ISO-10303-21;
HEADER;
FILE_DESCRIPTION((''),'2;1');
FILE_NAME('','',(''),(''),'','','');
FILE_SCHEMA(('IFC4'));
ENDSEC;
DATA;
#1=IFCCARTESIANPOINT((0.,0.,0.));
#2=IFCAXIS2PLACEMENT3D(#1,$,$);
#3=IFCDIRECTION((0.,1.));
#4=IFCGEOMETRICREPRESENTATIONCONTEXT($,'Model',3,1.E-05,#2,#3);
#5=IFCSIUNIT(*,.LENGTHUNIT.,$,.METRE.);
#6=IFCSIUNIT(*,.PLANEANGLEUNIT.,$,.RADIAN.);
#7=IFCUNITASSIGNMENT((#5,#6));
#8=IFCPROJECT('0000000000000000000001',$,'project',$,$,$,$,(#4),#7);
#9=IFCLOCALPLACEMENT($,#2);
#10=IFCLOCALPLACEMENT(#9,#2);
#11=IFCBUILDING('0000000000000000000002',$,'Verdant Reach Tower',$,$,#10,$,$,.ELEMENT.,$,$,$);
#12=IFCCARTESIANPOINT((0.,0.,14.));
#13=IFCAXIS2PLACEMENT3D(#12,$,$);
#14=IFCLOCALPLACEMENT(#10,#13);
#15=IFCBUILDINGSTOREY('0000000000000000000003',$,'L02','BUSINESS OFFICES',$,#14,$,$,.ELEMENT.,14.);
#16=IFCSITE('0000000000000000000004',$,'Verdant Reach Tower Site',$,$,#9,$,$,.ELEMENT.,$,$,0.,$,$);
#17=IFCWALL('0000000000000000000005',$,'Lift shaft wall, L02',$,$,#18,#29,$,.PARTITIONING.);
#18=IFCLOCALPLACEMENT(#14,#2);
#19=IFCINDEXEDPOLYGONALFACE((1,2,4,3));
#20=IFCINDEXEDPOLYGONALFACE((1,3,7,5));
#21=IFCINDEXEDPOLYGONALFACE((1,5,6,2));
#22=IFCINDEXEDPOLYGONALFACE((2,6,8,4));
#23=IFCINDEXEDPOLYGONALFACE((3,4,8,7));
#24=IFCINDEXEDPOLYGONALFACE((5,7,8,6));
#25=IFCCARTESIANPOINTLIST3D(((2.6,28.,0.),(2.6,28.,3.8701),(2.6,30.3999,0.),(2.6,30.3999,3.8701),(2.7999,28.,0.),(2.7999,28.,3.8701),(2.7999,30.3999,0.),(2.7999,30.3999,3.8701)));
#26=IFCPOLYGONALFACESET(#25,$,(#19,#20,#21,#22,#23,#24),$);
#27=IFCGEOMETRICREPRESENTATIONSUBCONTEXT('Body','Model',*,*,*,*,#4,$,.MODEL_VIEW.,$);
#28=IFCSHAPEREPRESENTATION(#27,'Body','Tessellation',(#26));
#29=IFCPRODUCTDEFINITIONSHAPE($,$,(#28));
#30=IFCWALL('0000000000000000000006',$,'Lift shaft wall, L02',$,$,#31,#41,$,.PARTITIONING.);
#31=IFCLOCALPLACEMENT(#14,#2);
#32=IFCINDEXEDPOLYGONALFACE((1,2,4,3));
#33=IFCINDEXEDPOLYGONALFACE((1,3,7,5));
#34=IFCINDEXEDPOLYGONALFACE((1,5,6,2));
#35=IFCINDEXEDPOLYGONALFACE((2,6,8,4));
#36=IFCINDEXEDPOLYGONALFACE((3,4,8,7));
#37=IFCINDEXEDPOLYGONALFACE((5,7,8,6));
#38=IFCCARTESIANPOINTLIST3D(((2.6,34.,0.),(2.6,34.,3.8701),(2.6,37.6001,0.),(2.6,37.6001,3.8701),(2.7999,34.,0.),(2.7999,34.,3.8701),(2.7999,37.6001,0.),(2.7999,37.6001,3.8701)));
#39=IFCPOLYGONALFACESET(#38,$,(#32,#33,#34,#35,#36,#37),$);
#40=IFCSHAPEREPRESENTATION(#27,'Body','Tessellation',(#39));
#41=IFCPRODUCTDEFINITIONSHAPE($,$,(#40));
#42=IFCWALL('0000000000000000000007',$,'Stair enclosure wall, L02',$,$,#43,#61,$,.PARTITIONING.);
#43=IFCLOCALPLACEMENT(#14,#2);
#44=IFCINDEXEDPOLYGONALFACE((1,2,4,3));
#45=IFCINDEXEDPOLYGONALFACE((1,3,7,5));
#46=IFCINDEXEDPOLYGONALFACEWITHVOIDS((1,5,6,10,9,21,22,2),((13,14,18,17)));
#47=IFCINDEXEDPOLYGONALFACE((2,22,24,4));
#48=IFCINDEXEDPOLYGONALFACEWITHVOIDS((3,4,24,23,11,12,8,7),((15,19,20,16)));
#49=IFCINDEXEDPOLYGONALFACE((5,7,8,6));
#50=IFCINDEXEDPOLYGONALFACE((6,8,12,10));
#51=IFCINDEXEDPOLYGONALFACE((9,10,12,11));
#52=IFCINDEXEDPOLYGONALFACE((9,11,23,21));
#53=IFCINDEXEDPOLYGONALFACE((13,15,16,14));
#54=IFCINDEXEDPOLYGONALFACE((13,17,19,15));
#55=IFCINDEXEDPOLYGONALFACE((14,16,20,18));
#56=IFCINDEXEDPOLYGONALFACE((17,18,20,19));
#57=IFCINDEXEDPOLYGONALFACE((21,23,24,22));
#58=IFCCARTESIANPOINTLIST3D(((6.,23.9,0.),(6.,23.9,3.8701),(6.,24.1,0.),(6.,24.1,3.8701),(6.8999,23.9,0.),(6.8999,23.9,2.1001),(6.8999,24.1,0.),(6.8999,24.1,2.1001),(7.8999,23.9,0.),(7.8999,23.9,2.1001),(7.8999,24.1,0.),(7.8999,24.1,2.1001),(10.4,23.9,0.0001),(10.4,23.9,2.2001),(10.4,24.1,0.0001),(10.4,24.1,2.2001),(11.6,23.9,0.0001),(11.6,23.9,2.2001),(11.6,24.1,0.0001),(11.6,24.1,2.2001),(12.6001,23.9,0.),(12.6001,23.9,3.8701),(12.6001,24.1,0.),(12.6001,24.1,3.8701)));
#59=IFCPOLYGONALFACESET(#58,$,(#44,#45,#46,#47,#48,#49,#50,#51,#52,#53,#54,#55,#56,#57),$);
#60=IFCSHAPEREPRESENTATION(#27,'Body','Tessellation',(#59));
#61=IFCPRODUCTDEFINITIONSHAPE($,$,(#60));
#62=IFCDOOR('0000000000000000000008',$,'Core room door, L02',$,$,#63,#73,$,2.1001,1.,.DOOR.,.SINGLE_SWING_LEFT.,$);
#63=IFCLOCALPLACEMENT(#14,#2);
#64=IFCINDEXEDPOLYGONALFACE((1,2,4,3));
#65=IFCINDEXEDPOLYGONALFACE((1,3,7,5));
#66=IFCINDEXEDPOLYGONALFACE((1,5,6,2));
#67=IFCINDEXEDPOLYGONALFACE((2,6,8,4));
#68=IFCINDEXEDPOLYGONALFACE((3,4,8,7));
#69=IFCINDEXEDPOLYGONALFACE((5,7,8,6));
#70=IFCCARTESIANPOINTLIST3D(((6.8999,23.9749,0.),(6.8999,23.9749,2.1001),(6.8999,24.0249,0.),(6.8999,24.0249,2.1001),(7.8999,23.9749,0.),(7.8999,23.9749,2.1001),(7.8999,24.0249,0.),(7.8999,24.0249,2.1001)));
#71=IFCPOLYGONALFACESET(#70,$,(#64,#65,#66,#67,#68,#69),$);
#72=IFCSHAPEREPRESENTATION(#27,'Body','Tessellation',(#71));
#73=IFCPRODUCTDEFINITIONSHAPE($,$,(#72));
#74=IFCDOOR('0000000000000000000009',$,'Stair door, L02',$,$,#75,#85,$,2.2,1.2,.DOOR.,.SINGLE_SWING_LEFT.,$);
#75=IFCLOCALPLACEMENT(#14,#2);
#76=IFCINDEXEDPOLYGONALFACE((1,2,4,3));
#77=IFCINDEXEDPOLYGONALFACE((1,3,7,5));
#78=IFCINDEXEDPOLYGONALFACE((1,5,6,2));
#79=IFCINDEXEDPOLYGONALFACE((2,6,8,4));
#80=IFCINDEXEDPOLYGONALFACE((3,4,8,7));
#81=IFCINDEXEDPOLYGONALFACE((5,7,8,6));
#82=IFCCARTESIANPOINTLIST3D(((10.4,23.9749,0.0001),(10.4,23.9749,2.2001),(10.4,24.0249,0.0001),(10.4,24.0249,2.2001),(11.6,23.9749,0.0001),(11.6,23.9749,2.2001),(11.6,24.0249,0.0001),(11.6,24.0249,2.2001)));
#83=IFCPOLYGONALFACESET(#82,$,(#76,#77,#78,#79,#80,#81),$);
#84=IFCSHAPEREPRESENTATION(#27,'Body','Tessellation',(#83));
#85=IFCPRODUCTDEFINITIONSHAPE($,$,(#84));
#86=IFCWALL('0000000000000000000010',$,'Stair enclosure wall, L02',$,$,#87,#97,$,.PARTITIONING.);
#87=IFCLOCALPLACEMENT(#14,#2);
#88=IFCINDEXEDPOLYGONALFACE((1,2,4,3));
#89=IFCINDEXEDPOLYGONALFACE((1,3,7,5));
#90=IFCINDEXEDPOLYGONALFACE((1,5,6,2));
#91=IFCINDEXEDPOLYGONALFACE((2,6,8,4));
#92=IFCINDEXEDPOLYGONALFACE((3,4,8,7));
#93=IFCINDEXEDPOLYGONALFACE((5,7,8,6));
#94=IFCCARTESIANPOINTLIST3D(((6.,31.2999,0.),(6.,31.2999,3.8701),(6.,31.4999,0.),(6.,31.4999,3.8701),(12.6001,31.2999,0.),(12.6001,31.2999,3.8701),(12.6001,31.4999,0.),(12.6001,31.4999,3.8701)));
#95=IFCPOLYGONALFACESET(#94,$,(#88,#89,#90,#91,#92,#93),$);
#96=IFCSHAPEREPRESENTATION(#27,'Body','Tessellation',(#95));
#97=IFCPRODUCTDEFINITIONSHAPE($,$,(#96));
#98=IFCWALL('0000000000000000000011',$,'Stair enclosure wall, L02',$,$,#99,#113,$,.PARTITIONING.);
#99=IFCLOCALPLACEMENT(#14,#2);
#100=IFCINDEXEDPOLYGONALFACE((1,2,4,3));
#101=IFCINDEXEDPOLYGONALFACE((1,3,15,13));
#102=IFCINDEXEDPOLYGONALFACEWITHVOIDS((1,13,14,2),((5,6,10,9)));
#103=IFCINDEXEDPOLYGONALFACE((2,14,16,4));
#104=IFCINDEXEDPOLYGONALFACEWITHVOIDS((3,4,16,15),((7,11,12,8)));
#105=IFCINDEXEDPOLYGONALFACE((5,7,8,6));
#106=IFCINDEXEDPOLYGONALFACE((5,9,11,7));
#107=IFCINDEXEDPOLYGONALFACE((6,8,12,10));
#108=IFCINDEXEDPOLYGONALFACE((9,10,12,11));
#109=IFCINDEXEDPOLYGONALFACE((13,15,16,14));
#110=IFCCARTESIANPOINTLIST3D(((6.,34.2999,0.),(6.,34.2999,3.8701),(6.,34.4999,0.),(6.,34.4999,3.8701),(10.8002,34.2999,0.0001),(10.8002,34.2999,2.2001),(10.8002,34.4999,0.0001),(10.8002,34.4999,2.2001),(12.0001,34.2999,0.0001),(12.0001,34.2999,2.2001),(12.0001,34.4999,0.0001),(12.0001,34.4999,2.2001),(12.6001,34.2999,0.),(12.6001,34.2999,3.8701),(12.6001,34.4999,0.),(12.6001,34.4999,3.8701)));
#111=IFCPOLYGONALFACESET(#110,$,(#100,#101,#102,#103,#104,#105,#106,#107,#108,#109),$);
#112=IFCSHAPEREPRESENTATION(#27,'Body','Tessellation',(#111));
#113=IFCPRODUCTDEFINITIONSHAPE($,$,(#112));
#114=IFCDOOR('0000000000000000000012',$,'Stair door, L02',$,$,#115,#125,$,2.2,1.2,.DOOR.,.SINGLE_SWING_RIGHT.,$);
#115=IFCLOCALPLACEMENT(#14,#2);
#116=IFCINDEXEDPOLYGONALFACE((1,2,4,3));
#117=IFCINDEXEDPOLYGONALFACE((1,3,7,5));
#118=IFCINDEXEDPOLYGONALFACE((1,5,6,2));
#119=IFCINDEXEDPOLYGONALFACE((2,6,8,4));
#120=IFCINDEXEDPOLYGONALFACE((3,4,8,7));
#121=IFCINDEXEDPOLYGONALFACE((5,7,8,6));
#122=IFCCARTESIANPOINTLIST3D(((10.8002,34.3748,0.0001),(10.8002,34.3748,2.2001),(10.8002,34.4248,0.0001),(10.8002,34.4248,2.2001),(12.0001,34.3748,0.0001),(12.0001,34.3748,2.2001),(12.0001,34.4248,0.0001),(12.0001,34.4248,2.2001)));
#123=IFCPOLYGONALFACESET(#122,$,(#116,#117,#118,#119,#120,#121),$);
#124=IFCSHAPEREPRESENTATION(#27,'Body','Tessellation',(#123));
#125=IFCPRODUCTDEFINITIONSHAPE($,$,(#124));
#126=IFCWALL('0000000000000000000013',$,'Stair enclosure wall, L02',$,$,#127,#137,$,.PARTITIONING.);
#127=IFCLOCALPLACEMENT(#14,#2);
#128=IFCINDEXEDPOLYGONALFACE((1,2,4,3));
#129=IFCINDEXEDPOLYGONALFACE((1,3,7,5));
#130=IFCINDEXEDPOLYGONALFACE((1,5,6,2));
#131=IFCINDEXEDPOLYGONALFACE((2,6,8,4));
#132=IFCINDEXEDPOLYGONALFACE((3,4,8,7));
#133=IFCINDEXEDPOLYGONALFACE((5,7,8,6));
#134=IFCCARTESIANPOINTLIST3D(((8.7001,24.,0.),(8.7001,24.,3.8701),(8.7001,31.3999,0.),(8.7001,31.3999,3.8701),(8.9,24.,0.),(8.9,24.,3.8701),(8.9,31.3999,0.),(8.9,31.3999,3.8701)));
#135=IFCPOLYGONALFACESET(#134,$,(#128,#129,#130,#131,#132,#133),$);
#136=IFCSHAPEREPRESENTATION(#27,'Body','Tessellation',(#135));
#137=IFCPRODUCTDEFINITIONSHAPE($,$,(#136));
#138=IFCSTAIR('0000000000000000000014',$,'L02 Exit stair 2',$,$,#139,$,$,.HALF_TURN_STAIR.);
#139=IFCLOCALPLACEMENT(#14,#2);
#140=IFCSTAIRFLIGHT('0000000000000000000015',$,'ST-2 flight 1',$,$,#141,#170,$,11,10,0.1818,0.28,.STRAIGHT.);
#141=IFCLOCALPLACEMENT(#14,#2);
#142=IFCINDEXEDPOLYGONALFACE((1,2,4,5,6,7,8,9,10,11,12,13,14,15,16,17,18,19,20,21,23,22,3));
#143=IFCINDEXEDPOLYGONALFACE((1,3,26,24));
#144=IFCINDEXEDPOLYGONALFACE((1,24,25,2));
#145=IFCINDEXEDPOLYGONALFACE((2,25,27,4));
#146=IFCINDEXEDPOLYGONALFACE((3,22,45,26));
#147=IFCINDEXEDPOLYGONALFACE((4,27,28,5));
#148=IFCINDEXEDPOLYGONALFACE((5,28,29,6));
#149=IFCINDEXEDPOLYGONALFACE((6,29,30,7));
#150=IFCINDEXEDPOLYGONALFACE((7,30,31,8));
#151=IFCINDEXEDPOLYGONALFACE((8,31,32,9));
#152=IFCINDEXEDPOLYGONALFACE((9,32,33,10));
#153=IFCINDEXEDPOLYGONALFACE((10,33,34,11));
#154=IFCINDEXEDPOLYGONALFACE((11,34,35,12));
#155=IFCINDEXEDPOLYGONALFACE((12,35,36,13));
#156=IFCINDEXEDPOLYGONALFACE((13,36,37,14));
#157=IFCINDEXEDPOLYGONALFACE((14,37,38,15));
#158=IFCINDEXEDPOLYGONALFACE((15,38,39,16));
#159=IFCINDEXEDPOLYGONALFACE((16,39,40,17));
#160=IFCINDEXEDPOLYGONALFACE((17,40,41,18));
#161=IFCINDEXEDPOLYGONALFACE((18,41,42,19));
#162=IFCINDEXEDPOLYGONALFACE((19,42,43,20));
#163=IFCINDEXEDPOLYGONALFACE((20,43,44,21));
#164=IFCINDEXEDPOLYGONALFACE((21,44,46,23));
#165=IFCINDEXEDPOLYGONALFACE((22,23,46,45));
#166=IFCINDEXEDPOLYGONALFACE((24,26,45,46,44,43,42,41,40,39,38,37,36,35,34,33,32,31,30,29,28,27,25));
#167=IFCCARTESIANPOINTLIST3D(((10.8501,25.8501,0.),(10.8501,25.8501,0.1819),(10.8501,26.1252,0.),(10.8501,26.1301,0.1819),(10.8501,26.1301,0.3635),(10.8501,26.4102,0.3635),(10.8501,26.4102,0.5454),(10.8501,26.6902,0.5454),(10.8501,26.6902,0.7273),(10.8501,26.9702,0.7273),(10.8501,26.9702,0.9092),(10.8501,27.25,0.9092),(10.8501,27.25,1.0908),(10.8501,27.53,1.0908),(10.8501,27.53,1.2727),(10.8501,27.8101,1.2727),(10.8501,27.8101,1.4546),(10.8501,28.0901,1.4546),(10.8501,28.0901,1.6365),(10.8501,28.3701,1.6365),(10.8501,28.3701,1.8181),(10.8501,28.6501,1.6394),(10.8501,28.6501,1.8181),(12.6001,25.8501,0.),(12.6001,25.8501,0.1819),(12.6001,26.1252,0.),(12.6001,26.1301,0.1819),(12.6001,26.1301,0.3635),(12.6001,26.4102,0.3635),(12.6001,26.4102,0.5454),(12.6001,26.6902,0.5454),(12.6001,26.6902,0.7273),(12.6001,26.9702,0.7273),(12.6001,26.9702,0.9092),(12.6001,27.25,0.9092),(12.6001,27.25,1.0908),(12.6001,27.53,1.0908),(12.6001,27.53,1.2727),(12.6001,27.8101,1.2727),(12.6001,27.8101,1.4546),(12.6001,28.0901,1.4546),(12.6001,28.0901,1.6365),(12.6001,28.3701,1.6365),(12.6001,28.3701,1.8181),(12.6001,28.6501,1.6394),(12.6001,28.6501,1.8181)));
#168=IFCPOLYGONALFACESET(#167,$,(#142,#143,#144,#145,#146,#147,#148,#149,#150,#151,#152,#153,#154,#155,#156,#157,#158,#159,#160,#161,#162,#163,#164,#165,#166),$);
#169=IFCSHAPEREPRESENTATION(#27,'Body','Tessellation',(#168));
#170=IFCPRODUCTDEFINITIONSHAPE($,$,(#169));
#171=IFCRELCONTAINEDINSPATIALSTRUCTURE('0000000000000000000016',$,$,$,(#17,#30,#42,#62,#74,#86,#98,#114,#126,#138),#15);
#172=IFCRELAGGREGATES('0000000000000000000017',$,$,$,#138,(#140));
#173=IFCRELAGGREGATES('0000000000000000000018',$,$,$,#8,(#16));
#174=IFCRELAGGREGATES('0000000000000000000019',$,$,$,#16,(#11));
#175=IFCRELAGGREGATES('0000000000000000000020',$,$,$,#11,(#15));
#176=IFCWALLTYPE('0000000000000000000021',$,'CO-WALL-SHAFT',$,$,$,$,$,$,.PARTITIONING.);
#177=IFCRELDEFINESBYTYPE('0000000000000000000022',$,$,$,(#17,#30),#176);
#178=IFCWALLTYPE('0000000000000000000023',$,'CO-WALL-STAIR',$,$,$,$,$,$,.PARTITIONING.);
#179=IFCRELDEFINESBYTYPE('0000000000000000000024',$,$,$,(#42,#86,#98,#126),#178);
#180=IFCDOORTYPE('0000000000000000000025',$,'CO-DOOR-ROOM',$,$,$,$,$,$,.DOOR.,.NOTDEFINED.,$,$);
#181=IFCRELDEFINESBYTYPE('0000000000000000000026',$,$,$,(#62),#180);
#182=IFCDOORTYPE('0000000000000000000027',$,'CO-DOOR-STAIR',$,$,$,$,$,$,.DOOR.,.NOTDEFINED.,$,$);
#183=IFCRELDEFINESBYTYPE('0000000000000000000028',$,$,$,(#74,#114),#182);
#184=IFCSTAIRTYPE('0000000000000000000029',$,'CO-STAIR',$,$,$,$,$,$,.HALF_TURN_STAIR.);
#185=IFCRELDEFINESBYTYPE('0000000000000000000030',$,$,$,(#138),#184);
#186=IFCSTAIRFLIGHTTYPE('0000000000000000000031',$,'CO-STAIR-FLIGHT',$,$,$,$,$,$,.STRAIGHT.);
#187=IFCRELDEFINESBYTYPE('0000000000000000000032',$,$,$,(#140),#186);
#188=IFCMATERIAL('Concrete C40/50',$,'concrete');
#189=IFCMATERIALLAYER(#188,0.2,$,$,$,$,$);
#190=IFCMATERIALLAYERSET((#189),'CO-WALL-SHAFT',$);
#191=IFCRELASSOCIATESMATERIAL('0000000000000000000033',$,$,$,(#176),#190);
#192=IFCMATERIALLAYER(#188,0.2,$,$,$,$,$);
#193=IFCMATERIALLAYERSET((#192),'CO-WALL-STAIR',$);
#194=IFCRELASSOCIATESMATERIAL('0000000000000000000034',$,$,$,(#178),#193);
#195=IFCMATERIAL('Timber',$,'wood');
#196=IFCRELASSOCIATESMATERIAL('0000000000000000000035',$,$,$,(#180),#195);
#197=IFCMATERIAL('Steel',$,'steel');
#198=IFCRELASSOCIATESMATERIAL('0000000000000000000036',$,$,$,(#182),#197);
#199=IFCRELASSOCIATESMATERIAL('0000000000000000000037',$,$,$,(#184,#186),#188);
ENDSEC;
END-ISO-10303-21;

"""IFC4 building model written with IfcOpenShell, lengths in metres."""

from ifc_helpers import new_model, si_unit, direction, frame, frame_2d, origin, place, context, subcontext, project, spatial, polyline, rectangle, outline, extrude, material, layer, layer_set, type_object, element, fill, aggregate, save


model = new_model("IFC4")

# Units and contexts
model_context = context("Model", 3, precision=1e-05, world=origin(), true_north=direction((0.0, 1.0)))
body_context = subcontext(model_context, "Body", "Model", "MODEL_VIEW")
ifc_project = project(units=[si_unit("LENGTHUNIT", "METRE"), si_unit("PLANEANGLEUNIT", "RADIAN")], contexts=[model_context])

# Site, building, storey
site_placement = place(None, origin())
site = spatial("IfcSite", under=ifc_project, at=site_placement, Name="Verdant Reach Tower Site", CompositionType="ELEMENT", RefElevation=0.0)
building_placement = place(site_placement, origin())
building = spatial("IfcBuilding", under=site, at=building_placement, Name="Verdant Reach Tower", CompositionType="ELEMENT")
storey_placement = place(building_placement, frame((0.0, 0.0, 14.0)))
storey = spatial("IfcBuildingStorey", under=building, at=storey_placement, Name="L02", Description="BUSINESS OFFICES", CompositionType="ELEMENT", Elevation=14.0)

# Walls
ifc_material_1 = material(Name="Concrete C40/50", Category="concrete")
ifc_layer_1 = layer(ifc_material_1, 0.2)
ifc_layer_set_1 = layer_set([ifc_layer_1], Name="CO-WALL-SHAFT")
wall_type_1 = type_object("IfcWallType", Name="CO-WALL-SHAFT", PredefinedType="PARTITIONING", material=ifc_layer_set_1)
for number, where, z_axis, x_axis, name in (
    (1, (2.7, 28.0, 0.0), (0.0, 0.0, 1.0), (0.0, 1.0, 0.0), "Lift shaft wall, L02"),
):
    element("IfcWall", number, at=place(storey_placement, frame(where, z_axis=z_axis, x_axis=x_axis)), inside=storey, type_object=wall_type_1, Name=name, PredefinedType="PARTITIONING", context=body_context, shape_type="SweptSolid", body=[
        extrude(rectangle(XDim=2.3999, YDim=0.2, at=frame_2d((1.2, 0.0))), origin(), (0.0, 0.0, 1.0), 3.8701),
    ])
wall_1_placement = place(storey_placement, frame((2.7, 34.0, 0.0), z_axis=(0.0, 0.0, 1.0), x_axis=(0.0, 1.0, 0.0)))
element("IfcWall", 2, at=wall_1_placement, inside=storey, type_object=wall_type_1, Name="Lift shaft wall, L02", PredefinedType="PARTITIONING", context=body_context, shape_type="SweptSolid", body=[
    extrude(rectangle(XDim=3.6001, YDim=0.2, at=frame_2d((1.8, 0.0))), origin(), (0.0, 0.0, 1.0), 3.8701),
])

# Wall, openings, doors
ifc_layer_2 = layer(ifc_material_1, 0.2)
ifc_layer_set_2 = layer_set([ifc_layer_2], Name="CO-WALL-STAIR")
wall_type_2 = type_object("IfcWallType", Name="CO-WALL-STAIR", PredefinedType="PARTITIONING", material=ifc_layer_set_2)
wall_2_placement = place(storey_placement, frame((6.0, 24.0, 0.0), z_axis=(0.0, 0.0, 1.0), x_axis=(1.0, 0.0, 0.0)))
wall_2 = element("IfcWall", 3, at=wall_2_placement, inside=storey, type_object=wall_type_2, Name="Stair enclosure wall, L02", PredefinedType="PARTITIONING", context=body_context, shape_type="SweptSolid", body=[
    extrude(rectangle(XDim=6.6001, YDim=0.2, at=frame_2d((3.3, 0.0))), origin(), (0.0, 0.0, 1.0), 3.8701),
])
opening_1_placement = place(wall_2_placement, frame((0.8999, 0.0, 0.0)))
opening_1 = element("IfcOpeningElement", 4, at=opening_1_placement, cuts=wall_2, PredefinedType="OPENING", context=body_context, shape_type="SweptSolid", body=[
    extrude(rectangle(XDim=1.0, YDim=2.1001, at=frame_2d((0.5, 1.05))), frame((0.0, 0.1099, 0.0), z_axis=(0.0, -1.0, 0.0), x_axis=(1.0, 0.0, 0.0)), (0.0, 0.0, 1.0), 0.22),
])
opening_2_placement = place(wall_2_placement, frame((4.3999, 0.0, 0.0)))
opening_2 = element("IfcOpeningElement", 5, at=opening_2_placement, cuts=wall_2, PredefinedType="OPENING", context=body_context, shape_type="SweptSolid", body=[
    extrude(rectangle(XDim=1.2, YDim=2.2, at=frame_2d((0.6001, 1.1001))), frame((0.0, 0.1099, 0.0), z_axis=(0.0, -1.0, 0.0), x_axis=(1.0, 0.0, 0.0)), (0.0, 0.0, 1.0), 0.22),
])
ifc_material_2 = material(Name="Timber", Category="wood")
door_type_1 = type_object("IfcDoorType", Name="CO-DOOR-ROOM", OperationType="NOTDEFINED", PredefinedType="DOOR", material=ifc_material_2)
door_1_placement = place(opening_1_placement, origin())
door_1 = element("IfcDoor", 6, at=door_1_placement, inside=storey, type_object=door_type_1, Name="Core room door, L02", OperationType="SINGLE_SWING_LEFT", OverallHeight=2.1001, OverallWidth=1.0, PredefinedType="DOOR", context=body_context, shape_type="SweptSolid", body=[
    extrude(rectangle(XDim=1.0, YDim=2.1001, at=frame_2d((0.5, 1.05))), frame((0.0, 0.0249, 0.0), z_axis=(0.0, -1.0, 0.0), x_axis=(1.0, 0.0, 0.0)), (0.0, 0.0, 1.0), 0.05),
])
fill(opening_1, door_1)
ifc_material_3 = material(Name="Steel", Category="steel")
door_type_2 = type_object("IfcDoorType", Name="CO-DOOR-STAIR", OperationType="NOTDEFINED", PredefinedType="DOOR", material=ifc_material_3)
door_2_placement = place(opening_2_placement, origin())
door_2 = element("IfcDoor", 7, at=door_2_placement, inside=storey, type_object=door_type_2, Name="Stair door, L02", OperationType="SINGLE_SWING_LEFT", OverallHeight=2.2, OverallWidth=1.2, PredefinedType="DOOR", context=body_context, shape_type="SweptSolid", body=[
    extrude(rectangle(XDim=1.2, YDim=2.2, at=frame_2d((0.6001, 1.1001))), frame((0.0, 0.0249, 0.0), z_axis=(0.0, -1.0, 0.0), x_axis=(1.0, 0.0, 0.0)), (0.0, 0.0, 1.0), 0.05),
])
fill(opening_2, door_2)

# Wall
wall_3_placement = place(storey_placement, frame((6.0, 31.3999, 0.0), z_axis=(0.0, 0.0, 1.0), x_axis=(1.0, 0.0, 0.0)))
element("IfcWall", 8, at=wall_3_placement, inside=storey, type_object=wall_type_2, Name="Stair enclosure wall, L02", PredefinedType="PARTITIONING", context=body_context, shape_type="SweptSolid", body=[
    extrude(rectangle(XDim=6.6001, YDim=0.2, at=frame_2d((3.3, 0.0))), origin(), (0.0, 0.0, 1.0), 3.8701),
])

# Wall, opening, door
wall_4_placement = place(storey_placement, frame((6.0, 34.3999, 0.0), z_axis=(0.0, 0.0, 1.0), x_axis=(1.0, 0.0, 0.0)))
wall_4 = element("IfcWall", 9, at=wall_4_placement, inside=storey, type_object=wall_type_2, Name="Stair enclosure wall, L02", PredefinedType="PARTITIONING", context=body_context, shape_type="SweptSolid", body=[
    extrude(rectangle(XDim=6.6001, YDim=0.2, at=frame_2d((3.3, 0.0))), origin(), (0.0, 0.0, 1.0), 3.8701),
])
opening_3_placement = place(wall_4_placement, frame((4.8, 0.0, 0.0)))
opening_3 = element("IfcOpeningElement", 10, at=opening_3_placement, cuts=wall_4, PredefinedType="OPENING", context=body_context, shape_type="SweptSolid", body=[
    extrude(rectangle(XDim=1.2, YDim=2.2, at=frame_2d((0.6001, 1.1001))), frame((0.0, 0.1099, 0.0), z_axis=(0.0, -1.0, 0.0), x_axis=(1.0, 0.0, 0.0)), (0.0, 0.0, 1.0), 0.22),
])
door_3_placement = place(opening_3_placement, origin())
door_3 = element("IfcDoor", 11, at=door_3_placement, inside=storey, type_object=door_type_2, Name="Stair door, L02", OperationType="SINGLE_SWING_RIGHT", OverallHeight=2.2, OverallWidth=1.2, PredefinedType="DOOR", context=body_context, shape_type="SweptSolid", body=[
    extrude(rectangle(XDim=1.2, YDim=2.2, at=frame_2d((0.6001, 1.1001))), frame((0.0, 0.0249, 0.0), z_axis=(0.0, -1.0, 0.0), x_axis=(1.0, 0.0, 0.0)), (0.0, 0.0, 1.0), 0.05),
])
fill(opening_3, door_3)

# Wall
wall_5_placement = place(storey_placement, frame((8.8, 24.0, 0.0), z_axis=(0.0, 0.0, 1.0), x_axis=(0.0, 1.0, 0.0)))
element("IfcWall", 12, at=wall_5_placement, inside=storey, type_object=wall_type_2, Name="Stair enclosure wall, L02", PredefinedType="PARTITIONING", context=body_context, shape_type="SweptSolid", body=[
    extrude(rectangle(XDim=7.3999, YDim=0.2, at=frame_2d((3.7, 0.0))), origin(), (0.0, 0.0, 1.0), 3.8701),
])

# Stair, stair flight
stair_type = type_object("IfcStairType", Name="CO-STAIR", PredefinedType="HALF_TURN_STAIR", material=ifc_material_1)
stair_1_placement = place(storey_placement, origin())
stair_1 = element("IfcStair", 13, at=stair_1_placement, inside=storey, type_object=stair_type, Name="L02 Exit stair 2", PredefinedType="HALF_TURN_STAIR")
stair_flight_type = type_object("IfcStairFlightType", Name="CO-STAIR-FLIGHT", PredefinedType="STRAIGHT", material=ifc_material_1)
stair_flight_1_placement = place(storey_placement, frame((11.7251, 25.8501, 0.0), z_axis=(0.0, 0.0, 1.0), x_axis=(0.0, 1.0, 0.0)))
stair_flight_1 = element("IfcStairFlight", 14, at=stair_flight_1_placement, type_object=stair_flight_type, Name="ST-2 flight 1", NumberOfRisers=11, NumberOfTreads=10, PredefinedType="STRAIGHT", RiserHeight=0.1818, TreadLength=0.28, context=body_context, shape_type="SweptSolid", body=[
    extrude(outline(polyline([(0.0, 0.0), (0.0, 0.1819), (0.28, 0.1819), (0.28, 0.3635), (0.5601, 0.3635), (0.5601, 0.5454), (0.8401, 0.5454), (0.8401, 0.7273), (1.1201, 0.7273), (1.1201, 0.9092), (1.3999, 0.9092), (1.3999, 1.0908), (1.6799, 1.0908), (1.6799, 1.2727), (1.96, 1.2727), (1.96, 1.4546), (2.24, 1.4546), (2.24, 1.6365), (2.52, 1.6365), (2.52, 1.8181), (2.8, 1.8181), (2.8, 2.0), (2.8, 1.6394), (0.2751, 0.0), (0.0, 0.0)])), frame((0.0, 0.875, 0.0), z_axis=(0.0, -1.0, 0.0), x_axis=(1.0, 0.0, 0.0)), (0.0, 0.0, 1.0), 1.75),
])
aggregate(stair_1, [stair_flight_1])

save(model, "model.ifc")
